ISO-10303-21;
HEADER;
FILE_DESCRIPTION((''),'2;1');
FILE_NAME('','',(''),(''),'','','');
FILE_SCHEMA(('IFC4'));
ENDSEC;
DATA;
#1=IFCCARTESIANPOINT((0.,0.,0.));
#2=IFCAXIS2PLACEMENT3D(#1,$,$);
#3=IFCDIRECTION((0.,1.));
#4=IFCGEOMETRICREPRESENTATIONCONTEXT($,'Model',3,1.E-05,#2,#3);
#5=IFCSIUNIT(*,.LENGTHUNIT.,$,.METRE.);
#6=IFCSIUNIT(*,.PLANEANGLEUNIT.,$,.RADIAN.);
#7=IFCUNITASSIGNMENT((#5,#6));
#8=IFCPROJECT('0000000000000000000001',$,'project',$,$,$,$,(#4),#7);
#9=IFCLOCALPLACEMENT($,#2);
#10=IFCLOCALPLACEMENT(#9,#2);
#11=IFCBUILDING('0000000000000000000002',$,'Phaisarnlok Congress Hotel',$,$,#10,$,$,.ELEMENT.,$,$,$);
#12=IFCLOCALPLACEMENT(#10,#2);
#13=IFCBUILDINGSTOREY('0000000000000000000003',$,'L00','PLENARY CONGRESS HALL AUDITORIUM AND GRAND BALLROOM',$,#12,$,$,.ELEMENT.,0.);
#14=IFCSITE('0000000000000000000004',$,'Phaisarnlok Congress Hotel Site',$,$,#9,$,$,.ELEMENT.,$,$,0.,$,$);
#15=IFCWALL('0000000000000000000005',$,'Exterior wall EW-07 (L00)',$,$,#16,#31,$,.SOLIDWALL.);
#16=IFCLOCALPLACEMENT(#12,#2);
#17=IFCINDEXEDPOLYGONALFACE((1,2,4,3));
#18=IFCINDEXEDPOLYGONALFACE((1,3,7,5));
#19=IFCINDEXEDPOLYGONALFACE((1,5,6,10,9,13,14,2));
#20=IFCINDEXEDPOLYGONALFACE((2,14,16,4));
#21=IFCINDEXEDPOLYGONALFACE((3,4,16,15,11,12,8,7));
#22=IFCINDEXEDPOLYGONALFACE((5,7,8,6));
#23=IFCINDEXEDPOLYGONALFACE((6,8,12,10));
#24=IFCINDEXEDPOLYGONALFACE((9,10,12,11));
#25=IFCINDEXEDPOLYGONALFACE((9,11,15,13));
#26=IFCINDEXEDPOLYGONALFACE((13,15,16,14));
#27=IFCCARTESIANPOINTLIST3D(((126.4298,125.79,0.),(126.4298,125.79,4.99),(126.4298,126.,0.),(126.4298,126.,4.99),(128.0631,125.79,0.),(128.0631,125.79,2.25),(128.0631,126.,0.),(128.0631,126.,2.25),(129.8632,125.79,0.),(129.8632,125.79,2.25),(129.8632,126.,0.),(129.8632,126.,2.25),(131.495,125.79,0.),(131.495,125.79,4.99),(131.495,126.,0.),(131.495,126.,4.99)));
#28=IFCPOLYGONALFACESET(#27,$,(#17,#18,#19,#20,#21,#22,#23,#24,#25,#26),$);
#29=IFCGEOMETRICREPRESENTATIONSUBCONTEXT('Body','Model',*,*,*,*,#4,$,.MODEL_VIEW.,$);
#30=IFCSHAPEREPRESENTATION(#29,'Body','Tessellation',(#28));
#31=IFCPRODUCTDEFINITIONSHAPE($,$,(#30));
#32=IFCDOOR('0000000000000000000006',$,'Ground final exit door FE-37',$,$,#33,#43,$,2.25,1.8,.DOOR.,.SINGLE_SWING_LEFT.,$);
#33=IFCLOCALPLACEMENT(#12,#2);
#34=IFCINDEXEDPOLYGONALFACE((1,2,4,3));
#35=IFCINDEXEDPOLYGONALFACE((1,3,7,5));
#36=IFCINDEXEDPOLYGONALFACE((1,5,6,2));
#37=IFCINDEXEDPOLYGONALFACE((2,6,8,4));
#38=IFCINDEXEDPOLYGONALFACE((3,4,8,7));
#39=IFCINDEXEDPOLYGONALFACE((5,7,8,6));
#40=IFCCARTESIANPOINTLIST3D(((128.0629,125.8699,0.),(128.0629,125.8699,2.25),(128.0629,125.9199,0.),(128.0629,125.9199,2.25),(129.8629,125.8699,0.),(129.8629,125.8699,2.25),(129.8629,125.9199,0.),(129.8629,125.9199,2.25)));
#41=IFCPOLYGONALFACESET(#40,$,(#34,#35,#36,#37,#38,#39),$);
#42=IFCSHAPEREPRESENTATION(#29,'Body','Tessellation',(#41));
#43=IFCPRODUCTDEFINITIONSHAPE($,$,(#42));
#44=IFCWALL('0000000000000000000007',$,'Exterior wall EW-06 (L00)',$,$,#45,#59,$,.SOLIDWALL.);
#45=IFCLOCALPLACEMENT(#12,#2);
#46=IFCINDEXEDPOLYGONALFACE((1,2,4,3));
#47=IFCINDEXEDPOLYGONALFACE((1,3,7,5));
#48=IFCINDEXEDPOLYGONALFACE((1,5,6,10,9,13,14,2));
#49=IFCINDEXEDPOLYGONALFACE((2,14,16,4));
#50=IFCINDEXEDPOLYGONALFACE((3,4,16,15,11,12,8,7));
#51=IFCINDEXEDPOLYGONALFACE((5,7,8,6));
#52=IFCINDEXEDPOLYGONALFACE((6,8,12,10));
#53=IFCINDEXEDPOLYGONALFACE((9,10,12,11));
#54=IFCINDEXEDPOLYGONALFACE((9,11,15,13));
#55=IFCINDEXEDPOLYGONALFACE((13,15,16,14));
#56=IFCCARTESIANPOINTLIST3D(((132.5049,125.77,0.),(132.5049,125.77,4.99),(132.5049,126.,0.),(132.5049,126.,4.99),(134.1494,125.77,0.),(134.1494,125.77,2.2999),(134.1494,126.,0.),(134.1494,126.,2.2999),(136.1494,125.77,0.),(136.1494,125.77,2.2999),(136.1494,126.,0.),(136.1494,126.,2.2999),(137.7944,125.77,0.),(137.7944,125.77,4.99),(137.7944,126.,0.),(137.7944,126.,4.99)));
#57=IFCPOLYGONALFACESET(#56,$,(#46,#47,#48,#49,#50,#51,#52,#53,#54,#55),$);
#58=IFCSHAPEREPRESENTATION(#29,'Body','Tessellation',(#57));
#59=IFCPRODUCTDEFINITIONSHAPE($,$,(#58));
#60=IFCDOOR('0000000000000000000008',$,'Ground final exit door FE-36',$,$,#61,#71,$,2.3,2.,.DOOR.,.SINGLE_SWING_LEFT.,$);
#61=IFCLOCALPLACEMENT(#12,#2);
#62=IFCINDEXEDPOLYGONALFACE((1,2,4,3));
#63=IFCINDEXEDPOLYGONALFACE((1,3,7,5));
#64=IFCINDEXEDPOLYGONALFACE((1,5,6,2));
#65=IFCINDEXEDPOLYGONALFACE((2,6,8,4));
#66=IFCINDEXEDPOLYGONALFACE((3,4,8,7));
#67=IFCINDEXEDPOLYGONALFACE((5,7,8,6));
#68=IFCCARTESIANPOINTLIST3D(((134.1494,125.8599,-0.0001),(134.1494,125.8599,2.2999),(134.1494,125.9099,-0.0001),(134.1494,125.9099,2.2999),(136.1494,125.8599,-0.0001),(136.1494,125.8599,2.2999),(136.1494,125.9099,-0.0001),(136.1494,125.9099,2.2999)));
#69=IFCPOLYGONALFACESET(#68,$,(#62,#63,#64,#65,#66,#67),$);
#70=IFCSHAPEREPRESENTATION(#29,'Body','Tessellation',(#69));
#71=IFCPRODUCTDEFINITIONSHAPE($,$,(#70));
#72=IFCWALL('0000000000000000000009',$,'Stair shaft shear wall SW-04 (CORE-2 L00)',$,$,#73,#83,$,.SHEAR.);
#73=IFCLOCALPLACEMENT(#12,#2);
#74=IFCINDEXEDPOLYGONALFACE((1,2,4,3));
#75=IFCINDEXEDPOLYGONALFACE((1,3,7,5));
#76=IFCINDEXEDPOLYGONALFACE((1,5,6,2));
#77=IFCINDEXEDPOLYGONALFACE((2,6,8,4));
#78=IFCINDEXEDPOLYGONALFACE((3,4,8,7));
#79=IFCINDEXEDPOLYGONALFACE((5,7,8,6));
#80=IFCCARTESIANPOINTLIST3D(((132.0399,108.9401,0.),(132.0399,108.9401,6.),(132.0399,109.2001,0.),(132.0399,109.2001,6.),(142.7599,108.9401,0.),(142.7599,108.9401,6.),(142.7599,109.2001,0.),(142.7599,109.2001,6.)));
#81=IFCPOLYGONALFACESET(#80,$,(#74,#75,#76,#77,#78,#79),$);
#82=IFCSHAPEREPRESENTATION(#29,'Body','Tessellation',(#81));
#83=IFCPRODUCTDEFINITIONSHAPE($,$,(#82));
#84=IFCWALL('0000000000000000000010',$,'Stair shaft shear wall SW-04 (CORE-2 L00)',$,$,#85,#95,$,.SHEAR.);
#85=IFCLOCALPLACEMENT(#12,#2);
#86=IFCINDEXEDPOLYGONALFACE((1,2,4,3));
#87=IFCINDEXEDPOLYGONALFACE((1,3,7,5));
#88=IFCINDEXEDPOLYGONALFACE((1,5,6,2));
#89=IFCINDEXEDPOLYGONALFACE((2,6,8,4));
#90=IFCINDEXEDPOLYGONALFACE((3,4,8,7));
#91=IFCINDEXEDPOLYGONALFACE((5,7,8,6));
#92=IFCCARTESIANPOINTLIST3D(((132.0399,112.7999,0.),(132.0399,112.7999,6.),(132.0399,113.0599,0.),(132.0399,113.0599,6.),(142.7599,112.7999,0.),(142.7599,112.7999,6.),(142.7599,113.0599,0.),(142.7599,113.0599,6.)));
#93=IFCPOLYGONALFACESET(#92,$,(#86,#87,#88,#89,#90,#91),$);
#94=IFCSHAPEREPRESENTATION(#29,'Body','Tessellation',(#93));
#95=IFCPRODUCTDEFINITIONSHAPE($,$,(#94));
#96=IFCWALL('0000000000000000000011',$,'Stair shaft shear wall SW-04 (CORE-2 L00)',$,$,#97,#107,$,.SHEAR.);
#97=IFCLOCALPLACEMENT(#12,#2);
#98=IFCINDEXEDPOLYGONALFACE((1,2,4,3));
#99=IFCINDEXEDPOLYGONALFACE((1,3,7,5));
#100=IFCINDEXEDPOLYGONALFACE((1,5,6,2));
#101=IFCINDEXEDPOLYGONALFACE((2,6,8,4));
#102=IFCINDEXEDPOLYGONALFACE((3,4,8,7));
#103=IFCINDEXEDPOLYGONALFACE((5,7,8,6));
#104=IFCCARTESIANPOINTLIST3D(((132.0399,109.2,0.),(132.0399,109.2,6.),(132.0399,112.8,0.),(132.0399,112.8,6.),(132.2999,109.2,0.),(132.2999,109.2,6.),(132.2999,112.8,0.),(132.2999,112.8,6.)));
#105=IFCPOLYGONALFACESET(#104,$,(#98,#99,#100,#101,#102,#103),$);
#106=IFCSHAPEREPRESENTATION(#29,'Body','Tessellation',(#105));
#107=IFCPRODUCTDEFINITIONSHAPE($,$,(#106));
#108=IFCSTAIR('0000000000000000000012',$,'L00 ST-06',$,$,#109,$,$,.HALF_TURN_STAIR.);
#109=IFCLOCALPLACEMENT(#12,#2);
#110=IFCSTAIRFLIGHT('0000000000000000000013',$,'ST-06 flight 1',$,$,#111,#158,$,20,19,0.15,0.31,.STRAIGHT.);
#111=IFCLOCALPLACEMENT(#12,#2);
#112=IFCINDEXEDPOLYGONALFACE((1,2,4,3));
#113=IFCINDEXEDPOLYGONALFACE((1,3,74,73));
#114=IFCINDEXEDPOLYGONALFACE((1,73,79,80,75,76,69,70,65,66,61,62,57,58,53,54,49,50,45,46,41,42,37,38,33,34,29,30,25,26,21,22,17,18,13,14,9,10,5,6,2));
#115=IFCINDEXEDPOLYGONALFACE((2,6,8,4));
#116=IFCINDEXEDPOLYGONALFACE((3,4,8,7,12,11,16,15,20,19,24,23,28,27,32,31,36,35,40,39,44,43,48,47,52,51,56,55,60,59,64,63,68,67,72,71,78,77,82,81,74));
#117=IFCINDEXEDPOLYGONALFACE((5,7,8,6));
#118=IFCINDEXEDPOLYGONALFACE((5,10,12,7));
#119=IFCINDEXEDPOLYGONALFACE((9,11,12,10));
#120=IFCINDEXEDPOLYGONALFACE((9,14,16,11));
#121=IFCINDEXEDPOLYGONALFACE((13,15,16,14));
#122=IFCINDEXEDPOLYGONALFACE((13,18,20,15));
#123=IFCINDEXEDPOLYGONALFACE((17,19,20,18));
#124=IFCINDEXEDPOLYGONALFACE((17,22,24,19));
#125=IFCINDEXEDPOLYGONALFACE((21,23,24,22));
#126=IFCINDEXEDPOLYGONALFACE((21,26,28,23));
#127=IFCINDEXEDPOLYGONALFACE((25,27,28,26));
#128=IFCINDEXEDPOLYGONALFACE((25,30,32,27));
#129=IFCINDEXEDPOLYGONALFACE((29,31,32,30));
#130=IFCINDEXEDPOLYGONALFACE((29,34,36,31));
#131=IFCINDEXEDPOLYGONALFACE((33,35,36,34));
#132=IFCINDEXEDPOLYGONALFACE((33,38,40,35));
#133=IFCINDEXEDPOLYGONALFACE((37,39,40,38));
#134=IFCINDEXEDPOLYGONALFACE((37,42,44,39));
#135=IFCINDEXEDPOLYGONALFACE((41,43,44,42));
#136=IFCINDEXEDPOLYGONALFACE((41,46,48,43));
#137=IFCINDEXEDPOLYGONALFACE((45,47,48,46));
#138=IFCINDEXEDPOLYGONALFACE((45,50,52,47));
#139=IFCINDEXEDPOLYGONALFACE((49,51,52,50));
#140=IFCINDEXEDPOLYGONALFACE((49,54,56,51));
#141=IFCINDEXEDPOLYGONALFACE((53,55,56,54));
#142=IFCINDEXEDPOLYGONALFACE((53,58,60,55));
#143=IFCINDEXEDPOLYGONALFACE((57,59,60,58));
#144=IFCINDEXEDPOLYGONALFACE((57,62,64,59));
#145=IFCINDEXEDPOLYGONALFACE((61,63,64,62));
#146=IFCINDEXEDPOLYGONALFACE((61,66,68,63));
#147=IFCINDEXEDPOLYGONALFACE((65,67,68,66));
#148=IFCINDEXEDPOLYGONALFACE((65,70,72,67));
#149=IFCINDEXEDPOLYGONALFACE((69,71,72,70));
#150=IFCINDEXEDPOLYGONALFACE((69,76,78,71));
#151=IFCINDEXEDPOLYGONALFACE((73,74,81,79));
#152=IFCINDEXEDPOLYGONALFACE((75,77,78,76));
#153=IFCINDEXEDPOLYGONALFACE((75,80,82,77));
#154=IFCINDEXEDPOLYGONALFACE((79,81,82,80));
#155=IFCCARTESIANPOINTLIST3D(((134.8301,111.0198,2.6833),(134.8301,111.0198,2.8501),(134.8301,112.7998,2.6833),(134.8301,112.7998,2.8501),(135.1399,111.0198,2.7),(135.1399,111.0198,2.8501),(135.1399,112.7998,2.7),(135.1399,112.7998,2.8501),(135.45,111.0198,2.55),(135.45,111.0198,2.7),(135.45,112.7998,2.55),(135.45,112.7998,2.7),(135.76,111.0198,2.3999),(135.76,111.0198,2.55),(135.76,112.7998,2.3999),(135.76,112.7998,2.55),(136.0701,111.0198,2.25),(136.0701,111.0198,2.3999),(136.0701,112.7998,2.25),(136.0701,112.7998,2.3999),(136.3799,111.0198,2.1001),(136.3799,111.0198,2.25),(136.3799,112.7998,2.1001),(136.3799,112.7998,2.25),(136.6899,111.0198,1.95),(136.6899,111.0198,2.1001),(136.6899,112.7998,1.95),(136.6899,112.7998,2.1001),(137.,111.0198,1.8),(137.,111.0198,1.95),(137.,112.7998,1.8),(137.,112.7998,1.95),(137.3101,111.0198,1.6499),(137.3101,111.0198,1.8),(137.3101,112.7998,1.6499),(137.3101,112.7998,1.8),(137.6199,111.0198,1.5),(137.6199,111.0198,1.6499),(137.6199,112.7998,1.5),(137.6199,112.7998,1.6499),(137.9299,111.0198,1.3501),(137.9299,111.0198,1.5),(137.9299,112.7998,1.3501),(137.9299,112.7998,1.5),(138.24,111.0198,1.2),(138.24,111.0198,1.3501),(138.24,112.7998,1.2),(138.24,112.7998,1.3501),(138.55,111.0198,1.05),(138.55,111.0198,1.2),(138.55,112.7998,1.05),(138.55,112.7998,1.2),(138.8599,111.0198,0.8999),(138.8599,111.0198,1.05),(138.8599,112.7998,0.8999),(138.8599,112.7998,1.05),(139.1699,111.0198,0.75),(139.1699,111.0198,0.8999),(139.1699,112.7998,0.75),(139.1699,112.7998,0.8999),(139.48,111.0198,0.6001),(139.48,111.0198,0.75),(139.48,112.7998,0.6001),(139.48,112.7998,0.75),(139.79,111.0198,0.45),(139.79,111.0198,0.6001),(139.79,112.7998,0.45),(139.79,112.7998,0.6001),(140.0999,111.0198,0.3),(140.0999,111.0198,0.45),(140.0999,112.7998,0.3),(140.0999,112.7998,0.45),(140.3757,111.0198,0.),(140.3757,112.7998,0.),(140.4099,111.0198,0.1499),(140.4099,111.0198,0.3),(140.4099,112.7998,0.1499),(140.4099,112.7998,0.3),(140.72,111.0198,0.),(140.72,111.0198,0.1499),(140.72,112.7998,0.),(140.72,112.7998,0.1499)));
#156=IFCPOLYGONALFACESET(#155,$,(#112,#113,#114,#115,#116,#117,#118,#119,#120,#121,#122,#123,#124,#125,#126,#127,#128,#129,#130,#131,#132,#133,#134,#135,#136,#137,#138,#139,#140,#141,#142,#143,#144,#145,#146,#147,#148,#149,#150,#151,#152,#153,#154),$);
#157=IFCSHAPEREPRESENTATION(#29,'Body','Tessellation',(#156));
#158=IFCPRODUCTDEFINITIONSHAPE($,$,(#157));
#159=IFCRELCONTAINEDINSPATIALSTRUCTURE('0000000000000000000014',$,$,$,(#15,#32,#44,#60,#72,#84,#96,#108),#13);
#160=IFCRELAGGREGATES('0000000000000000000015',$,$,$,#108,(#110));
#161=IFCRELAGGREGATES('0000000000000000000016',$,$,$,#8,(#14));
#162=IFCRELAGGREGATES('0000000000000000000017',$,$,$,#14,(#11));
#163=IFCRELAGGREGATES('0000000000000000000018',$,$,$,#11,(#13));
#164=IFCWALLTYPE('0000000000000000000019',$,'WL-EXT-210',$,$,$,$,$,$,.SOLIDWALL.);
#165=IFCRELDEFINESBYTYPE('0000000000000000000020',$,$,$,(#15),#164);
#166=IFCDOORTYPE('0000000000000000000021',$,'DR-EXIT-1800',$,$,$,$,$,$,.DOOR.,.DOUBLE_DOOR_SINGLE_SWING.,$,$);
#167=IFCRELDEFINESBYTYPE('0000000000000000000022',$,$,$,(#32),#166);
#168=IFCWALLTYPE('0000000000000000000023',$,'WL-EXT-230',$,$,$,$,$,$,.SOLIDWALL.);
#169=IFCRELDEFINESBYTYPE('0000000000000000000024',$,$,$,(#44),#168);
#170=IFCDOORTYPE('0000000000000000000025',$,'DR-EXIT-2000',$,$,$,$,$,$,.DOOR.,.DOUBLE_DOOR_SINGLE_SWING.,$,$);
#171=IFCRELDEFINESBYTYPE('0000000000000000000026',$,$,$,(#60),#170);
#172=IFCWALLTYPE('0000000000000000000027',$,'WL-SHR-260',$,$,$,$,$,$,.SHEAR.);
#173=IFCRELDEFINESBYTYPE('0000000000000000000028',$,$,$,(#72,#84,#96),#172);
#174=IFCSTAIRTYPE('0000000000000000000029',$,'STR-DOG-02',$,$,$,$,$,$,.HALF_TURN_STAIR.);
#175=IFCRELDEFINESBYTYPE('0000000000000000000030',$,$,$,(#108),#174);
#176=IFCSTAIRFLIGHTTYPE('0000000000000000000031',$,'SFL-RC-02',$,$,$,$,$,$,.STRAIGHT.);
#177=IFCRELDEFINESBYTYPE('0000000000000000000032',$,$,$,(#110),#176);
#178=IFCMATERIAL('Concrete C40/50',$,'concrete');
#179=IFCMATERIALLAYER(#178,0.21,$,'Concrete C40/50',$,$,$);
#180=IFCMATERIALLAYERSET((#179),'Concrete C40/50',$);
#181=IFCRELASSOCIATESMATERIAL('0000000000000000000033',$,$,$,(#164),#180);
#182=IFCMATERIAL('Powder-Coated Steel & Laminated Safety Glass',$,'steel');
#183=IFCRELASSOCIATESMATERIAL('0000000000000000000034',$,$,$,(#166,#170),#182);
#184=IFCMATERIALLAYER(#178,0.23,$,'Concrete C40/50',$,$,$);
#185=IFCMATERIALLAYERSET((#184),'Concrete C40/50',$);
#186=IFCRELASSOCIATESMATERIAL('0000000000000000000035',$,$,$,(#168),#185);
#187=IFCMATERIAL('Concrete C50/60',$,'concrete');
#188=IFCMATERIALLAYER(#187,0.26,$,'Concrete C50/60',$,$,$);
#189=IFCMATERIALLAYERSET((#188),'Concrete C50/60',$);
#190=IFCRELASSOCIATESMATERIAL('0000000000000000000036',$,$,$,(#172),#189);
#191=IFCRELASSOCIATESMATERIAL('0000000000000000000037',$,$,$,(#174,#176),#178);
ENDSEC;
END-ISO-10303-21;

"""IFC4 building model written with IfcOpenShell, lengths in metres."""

from ifc_helpers import new_model, si_unit, direction, frame, frame_2d, origin, place, context, subcontext, project, spatial, polyline, rectangle, outline, extrude, material, layer, layer_set, type_object, element, fill, aggregate, save


model = new_model("IFC4")

# Units and contexts
model_context = context("Model", 3, precision=1e-05, world=origin(), true_north=direction((0.0, 1.0)))
body_context = subcontext(model_context, "Body", "Model", "MODEL_VIEW")
ifc_project = project(units=[si_unit("LENGTHUNIT", "METRE"), si_unit("PLANEANGLEUNIT", "RADIAN")], contexts=[model_context])

# Site, building, storey
site_placement = place(None, origin())
site = spatial("IfcSite", under=ifc_project, at=site_placement, Name="Phaisarnlok Congress Hotel Site", CompositionType="ELEMENT", RefElevation=0.0)
building_placement = place(site_placement, origin())
building = spatial("IfcBuilding", under=site, at=building_placement, Name="Phaisarnlok Congress Hotel", CompositionType="ELEMENT")
storey_placement = place(building_placement, origin())
storey = spatial("IfcBuildingStorey", under=building, at=storey_placement, Name="L00", Description="PLENARY CONGRESS HALL AUDITORIUM AND GRAND BALLROOM", CompositionType="ELEMENT", Elevation=0.0)

# Shared definitions
ifc_material_1 = material(Name="Concrete C50/60", Category="concrete")

# Shared definitions
ifc_material_2 = material(Name="Concrete C40/50", Category="concrete")

# Walls, openings, doors
ifc_layer_1 = layer(ifc_material_2, 0.21, Name="Concrete C40/50")
ifc_layer_set_1 = layer_set([ifc_layer_1], Name="Concrete C40/50")
wall_type_1 = type_object("IfcWallType", Name="WL-EXT-210", PredefinedType="SOLIDWALL", material=ifc_layer_set_1)
wall_1_placement = place(storey_placement, frame((131.4951, 125.895, 0.0), z_axis=(0.0, 0.0, 1.0), x_axis=(-1.0, 0.0, 0.0)))
wall_1 = element("IfcWall", 1, at=wall_1_placement, inside=storey, type_object=wall_type_1, Name="Exterior wall EW-07 (L00)", PredefinedType="SOLIDWALL", context=body_context, shape_type="SweptSolid", body=[
    extrude(rectangle(XDim=5.0652, YDim=0.21, at=frame_2d((2.5327, 0.0))), origin(), (0.0, 0.0, 1.0), 4.99),
])
opening_1_placement = place(wall_1_placement, frame((1.6321, 0.0, 0.0)))
opening_1 = element("IfcOpeningElement", 2, at=opening_1_placement, cuts=wall_1, PredefinedType="OPENING", context=body_context, shape_type="SweptSolid", body=[
    extrude(rectangle(XDim=1.8, YDim=2.25, at=frame_2d((0.8999, 1.125))), frame((0.0, 0.115, 0.0), z_axis=(0.0, -1.0, 0.0), x_axis=(1.0, 0.0, 0.0)), (0.0, 0.0, 1.0), 0.23),
])
ifc_material_3 = material(Name="Powder-Coated Steel & Laminated Safety Glass", Category="steel")
door_type_1 = type_object("IfcDoorType", Name="DR-EXIT-1800", OperationType="DOUBLE_DOOR_SINGLE_SWING", PredefinedType="DOOR", material=ifc_material_3)
door_1_placement = place(opening_1_placement, frame((1.8, 0.0, 0.0), z_axis=(0.0, 0.0, 1.0), x_axis=(-1.0, 0.0, 0.0)))
door_1 = element("IfcDoor", 3, at=door_1_placement, inside=storey, type_object=door_type_1, Name="Ground final exit door FE-37", OperationType="SINGLE_SWING_LEFT", OverallHeight=2.25, OverallWidth=1.8, PredefinedType="DOOR", context=body_context, shape_type="SweptSolid", body=[
    extrude(rectangle(XDim=1.8, YDim=2.25, at=frame_2d((0.8999, 1.125))), frame((0.0, 0.0249, 0.0), z_axis=(0.0, -1.0, 0.0), x_axis=(1.0, 0.0, 0.0)), (0.0, 0.0, 1.0), 0.05),
])
fill(opening_1, door_1)
ifc_layer_2 = layer(ifc_material_2, 0.23, Name="Concrete C40/50")
ifc_layer_set_2 = layer_set([ifc_layer_2], Name="Concrete C40/50")
wall_type_2 = type_object("IfcWallType", Name="WL-EXT-230", PredefinedType="SOLIDWALL", material=ifc_layer_set_2)
wall_2_placement = place(storey_placement, frame((137.7944, 125.885, 0.0), z_axis=(0.0, 0.0, 1.0), x_axis=(-1.0, 0.0, 0.0)))
wall_2 = element("IfcWall", 4, at=wall_2_placement, inside=storey, type_object=wall_type_2, Name="Exterior wall EW-06 (L00)", PredefinedType="SOLIDWALL", context=body_context, shape_type="SweptSolid", body=[
    extrude(rectangle(XDim=5.2896, YDim=0.23, at=frame_2d((2.6448, 0.0))), origin(), (0.0, 0.0, 1.0), 4.99),
])
opening_2_placement = place(wall_2_placement, frame((1.645, 0.0, 0.0)))
opening_2 = element("IfcOpeningElement", 5, at=opening_2_placement, cuts=wall_2, PredefinedType="OPENING", context=body_context, shape_type="SweptSolid", body=[
    extrude(rectangle(XDim=2.0, YDim=2.3, at=frame_2d((1.0, 1.1499))), frame((0.0, 0.125, 0.0), z_axis=(0.0, -1.0, 0.0), x_axis=(1.0, 0.0, 0.0)), (0.0, 0.0, 1.0), 0.25),
])
door_type_2 = type_object("IfcDoorType", Name="DR-EXIT-2000", OperationType="DOUBLE_DOOR_SINGLE_SWING", PredefinedType="DOOR", material=ifc_material_3)
door_2_placement = place(opening_2_placement, frame((2.0, 0.0, 0.0), z_axis=(0.0, 0.0, 1.0), x_axis=(-1.0, 0.0, 0.0)))
door_2 = element("IfcDoor", 6, at=door_2_placement, inside=storey, type_object=door_type_2, Name="Ground final exit door FE-36", OperationType="SINGLE_SWING_LEFT", OverallHeight=2.3, OverallWidth=2.0, PredefinedType="DOOR", context=body_context, shape_type="SweptSolid", body=[
    extrude(rectangle(XDim=2.0, YDim=2.3, at=frame_2d((1.0, 1.1499))), frame((0.0, 0.0249, 0.0), z_axis=(0.0, -1.0, 0.0), x_axis=(1.0, 0.0, 0.0)), (0.0, 0.0, 1.0), 0.05),
])
fill(opening_2, door_2)

# Walls
ifc_layer_3 = layer(ifc_material_1, 0.26, Name="Concrete C50/60")
ifc_layer_set_3 = layer_set([ifc_layer_3], Name="Concrete C50/60")
wall_type_3 = type_object("IfcWallType", Name="WL-SHR-260", PredefinedType="SHEAR", material=ifc_layer_set_3)
for number, where, z_axis, x_axis, name in (
    (7, (132.04, 109.0701, 0.0), (0.0, 0.0, 1.0), (1.0, 0.0, 0.0), "Stair shaft shear wall SW-04 (CORE-2 L00)"),
    (8, (132.04, 112.9299, 0.0), (0.0, 0.0, 1.0), (1.0, 0.0, 0.0), "Stair shaft shear wall SW-04 (CORE-2 L00)"),
):
    element("IfcWall", number, at=place(storey_placement, frame(where, z_axis=z_axis, x_axis=x_axis)), inside=storey, type_object=wall_type_3, Name=name, PredefinedType="SHEAR", context=body_context, shape_type="SweptSolid", body=[
        extrude(rectangle(XDim=10.72, YDim=0.26, at=frame_2d((5.3599, 0.0))), origin(), (0.0, 0.0, 1.0), 6.0),
    ])
wall_3_placement = place(storey_placement, frame((132.1699, 109.2, 0.0), z_axis=(0.0, 0.0, 1.0), x_axis=(0.0, 1.0, 0.0)))
element("IfcWall", 9, at=wall_3_placement, inside=storey, type_object=wall_type_3, Name="Stair shaft shear wall SW-04 (CORE-2 L00)", PredefinedType="SHEAR", context=body_context, shape_type="SweptSolid", body=[
    extrude(rectangle(XDim=3.6001, YDim=0.26, at=frame_2d((1.8, 0.0))), origin(), (0.0, 0.0, 1.0), 6.0),
])

# Stair, stair flight
stair_type = type_object("IfcStairType", Name="STR-DOG-02", PredefinedType="HALF_TURN_STAIR", material=ifc_material_2)
stair_placement = place(storey_placement, origin())
stair = element("IfcStair", 10, at=stair_placement, inside=storey, type_object=stair_type, Name="L00 ST-06", PredefinedType="HALF_TURN_STAIR")
stair_flight_type = type_object("IfcStairFlightType", Name="SFL-RC-02", PredefinedType="STRAIGHT", material=ifc_material_2)
stair_flight_1_placement = place(storey_placement, frame((140.72, 111.9099, 0.0), z_axis=(0.0, 0.0, 1.0), x_axis=(-1.0, 0.0, 0.0)))
stair_flight_1 = element("IfcStairFlight", 11, at=stair_flight_1_placement, type_object=stair_flight_type, Name="ST-06 flight 1", NumberOfRisers=20, NumberOfTreads=19, PredefinedType="STRAIGHT", RiserHeight=0.15, TreadLength=0.31, context=body_context, shape_type="SweptSolid", body=[
    extrude(outline(polyline([(0.0, 0.0), (0.0, 0.1499), (0.3101, 0.1499), (0.3101, 0.3), (0.6201, 0.3), (0.6201, 0.45), (0.9299, 0.45), (0.9299, 0.6001), (1.24, 0.6001), (1.24, 0.75), (1.55, 0.75), (1.55, 0.8999), (1.8601, 0.8999), (1.8601, 1.05), (2.1699, 1.05), (2.1699, 1.2), (2.48, 1.2), (2.48, 1.3501), (2.79, 1.3501), (2.79, 1.5), (3.1001, 1.5), (3.1001, 1.6499), (3.4099, 1.6499), (3.4099, 1.8), (3.72, 1.8), (3.72, 1.95), (4.03, 1.95), (4.03, 2.1001), (4.3401, 2.1001), (4.3401, 2.25), (4.6499, 2.25), (4.6499, 2.3999), (4.96, 2.3999), (4.96, 2.55), (5.27, 2.55), (5.27, 2.7), (5.5801, 2.7), (5.5801, 2.8501), (5.8899, 2.8501), (5.8899, 3.0), (5.8899, 2.6833), (0.3442, 0.0), (0.0, 0.0)])), frame((0.0, 0.8901, 0.0), z_axis=(0.0, -1.0, 0.0), x_axis=(1.0, 0.0, 0.0)), (0.0, 0.0, 1.0), 1.78),
])
aggregate(stair, [stair_flight_1])

save(model, "model.ifc")
